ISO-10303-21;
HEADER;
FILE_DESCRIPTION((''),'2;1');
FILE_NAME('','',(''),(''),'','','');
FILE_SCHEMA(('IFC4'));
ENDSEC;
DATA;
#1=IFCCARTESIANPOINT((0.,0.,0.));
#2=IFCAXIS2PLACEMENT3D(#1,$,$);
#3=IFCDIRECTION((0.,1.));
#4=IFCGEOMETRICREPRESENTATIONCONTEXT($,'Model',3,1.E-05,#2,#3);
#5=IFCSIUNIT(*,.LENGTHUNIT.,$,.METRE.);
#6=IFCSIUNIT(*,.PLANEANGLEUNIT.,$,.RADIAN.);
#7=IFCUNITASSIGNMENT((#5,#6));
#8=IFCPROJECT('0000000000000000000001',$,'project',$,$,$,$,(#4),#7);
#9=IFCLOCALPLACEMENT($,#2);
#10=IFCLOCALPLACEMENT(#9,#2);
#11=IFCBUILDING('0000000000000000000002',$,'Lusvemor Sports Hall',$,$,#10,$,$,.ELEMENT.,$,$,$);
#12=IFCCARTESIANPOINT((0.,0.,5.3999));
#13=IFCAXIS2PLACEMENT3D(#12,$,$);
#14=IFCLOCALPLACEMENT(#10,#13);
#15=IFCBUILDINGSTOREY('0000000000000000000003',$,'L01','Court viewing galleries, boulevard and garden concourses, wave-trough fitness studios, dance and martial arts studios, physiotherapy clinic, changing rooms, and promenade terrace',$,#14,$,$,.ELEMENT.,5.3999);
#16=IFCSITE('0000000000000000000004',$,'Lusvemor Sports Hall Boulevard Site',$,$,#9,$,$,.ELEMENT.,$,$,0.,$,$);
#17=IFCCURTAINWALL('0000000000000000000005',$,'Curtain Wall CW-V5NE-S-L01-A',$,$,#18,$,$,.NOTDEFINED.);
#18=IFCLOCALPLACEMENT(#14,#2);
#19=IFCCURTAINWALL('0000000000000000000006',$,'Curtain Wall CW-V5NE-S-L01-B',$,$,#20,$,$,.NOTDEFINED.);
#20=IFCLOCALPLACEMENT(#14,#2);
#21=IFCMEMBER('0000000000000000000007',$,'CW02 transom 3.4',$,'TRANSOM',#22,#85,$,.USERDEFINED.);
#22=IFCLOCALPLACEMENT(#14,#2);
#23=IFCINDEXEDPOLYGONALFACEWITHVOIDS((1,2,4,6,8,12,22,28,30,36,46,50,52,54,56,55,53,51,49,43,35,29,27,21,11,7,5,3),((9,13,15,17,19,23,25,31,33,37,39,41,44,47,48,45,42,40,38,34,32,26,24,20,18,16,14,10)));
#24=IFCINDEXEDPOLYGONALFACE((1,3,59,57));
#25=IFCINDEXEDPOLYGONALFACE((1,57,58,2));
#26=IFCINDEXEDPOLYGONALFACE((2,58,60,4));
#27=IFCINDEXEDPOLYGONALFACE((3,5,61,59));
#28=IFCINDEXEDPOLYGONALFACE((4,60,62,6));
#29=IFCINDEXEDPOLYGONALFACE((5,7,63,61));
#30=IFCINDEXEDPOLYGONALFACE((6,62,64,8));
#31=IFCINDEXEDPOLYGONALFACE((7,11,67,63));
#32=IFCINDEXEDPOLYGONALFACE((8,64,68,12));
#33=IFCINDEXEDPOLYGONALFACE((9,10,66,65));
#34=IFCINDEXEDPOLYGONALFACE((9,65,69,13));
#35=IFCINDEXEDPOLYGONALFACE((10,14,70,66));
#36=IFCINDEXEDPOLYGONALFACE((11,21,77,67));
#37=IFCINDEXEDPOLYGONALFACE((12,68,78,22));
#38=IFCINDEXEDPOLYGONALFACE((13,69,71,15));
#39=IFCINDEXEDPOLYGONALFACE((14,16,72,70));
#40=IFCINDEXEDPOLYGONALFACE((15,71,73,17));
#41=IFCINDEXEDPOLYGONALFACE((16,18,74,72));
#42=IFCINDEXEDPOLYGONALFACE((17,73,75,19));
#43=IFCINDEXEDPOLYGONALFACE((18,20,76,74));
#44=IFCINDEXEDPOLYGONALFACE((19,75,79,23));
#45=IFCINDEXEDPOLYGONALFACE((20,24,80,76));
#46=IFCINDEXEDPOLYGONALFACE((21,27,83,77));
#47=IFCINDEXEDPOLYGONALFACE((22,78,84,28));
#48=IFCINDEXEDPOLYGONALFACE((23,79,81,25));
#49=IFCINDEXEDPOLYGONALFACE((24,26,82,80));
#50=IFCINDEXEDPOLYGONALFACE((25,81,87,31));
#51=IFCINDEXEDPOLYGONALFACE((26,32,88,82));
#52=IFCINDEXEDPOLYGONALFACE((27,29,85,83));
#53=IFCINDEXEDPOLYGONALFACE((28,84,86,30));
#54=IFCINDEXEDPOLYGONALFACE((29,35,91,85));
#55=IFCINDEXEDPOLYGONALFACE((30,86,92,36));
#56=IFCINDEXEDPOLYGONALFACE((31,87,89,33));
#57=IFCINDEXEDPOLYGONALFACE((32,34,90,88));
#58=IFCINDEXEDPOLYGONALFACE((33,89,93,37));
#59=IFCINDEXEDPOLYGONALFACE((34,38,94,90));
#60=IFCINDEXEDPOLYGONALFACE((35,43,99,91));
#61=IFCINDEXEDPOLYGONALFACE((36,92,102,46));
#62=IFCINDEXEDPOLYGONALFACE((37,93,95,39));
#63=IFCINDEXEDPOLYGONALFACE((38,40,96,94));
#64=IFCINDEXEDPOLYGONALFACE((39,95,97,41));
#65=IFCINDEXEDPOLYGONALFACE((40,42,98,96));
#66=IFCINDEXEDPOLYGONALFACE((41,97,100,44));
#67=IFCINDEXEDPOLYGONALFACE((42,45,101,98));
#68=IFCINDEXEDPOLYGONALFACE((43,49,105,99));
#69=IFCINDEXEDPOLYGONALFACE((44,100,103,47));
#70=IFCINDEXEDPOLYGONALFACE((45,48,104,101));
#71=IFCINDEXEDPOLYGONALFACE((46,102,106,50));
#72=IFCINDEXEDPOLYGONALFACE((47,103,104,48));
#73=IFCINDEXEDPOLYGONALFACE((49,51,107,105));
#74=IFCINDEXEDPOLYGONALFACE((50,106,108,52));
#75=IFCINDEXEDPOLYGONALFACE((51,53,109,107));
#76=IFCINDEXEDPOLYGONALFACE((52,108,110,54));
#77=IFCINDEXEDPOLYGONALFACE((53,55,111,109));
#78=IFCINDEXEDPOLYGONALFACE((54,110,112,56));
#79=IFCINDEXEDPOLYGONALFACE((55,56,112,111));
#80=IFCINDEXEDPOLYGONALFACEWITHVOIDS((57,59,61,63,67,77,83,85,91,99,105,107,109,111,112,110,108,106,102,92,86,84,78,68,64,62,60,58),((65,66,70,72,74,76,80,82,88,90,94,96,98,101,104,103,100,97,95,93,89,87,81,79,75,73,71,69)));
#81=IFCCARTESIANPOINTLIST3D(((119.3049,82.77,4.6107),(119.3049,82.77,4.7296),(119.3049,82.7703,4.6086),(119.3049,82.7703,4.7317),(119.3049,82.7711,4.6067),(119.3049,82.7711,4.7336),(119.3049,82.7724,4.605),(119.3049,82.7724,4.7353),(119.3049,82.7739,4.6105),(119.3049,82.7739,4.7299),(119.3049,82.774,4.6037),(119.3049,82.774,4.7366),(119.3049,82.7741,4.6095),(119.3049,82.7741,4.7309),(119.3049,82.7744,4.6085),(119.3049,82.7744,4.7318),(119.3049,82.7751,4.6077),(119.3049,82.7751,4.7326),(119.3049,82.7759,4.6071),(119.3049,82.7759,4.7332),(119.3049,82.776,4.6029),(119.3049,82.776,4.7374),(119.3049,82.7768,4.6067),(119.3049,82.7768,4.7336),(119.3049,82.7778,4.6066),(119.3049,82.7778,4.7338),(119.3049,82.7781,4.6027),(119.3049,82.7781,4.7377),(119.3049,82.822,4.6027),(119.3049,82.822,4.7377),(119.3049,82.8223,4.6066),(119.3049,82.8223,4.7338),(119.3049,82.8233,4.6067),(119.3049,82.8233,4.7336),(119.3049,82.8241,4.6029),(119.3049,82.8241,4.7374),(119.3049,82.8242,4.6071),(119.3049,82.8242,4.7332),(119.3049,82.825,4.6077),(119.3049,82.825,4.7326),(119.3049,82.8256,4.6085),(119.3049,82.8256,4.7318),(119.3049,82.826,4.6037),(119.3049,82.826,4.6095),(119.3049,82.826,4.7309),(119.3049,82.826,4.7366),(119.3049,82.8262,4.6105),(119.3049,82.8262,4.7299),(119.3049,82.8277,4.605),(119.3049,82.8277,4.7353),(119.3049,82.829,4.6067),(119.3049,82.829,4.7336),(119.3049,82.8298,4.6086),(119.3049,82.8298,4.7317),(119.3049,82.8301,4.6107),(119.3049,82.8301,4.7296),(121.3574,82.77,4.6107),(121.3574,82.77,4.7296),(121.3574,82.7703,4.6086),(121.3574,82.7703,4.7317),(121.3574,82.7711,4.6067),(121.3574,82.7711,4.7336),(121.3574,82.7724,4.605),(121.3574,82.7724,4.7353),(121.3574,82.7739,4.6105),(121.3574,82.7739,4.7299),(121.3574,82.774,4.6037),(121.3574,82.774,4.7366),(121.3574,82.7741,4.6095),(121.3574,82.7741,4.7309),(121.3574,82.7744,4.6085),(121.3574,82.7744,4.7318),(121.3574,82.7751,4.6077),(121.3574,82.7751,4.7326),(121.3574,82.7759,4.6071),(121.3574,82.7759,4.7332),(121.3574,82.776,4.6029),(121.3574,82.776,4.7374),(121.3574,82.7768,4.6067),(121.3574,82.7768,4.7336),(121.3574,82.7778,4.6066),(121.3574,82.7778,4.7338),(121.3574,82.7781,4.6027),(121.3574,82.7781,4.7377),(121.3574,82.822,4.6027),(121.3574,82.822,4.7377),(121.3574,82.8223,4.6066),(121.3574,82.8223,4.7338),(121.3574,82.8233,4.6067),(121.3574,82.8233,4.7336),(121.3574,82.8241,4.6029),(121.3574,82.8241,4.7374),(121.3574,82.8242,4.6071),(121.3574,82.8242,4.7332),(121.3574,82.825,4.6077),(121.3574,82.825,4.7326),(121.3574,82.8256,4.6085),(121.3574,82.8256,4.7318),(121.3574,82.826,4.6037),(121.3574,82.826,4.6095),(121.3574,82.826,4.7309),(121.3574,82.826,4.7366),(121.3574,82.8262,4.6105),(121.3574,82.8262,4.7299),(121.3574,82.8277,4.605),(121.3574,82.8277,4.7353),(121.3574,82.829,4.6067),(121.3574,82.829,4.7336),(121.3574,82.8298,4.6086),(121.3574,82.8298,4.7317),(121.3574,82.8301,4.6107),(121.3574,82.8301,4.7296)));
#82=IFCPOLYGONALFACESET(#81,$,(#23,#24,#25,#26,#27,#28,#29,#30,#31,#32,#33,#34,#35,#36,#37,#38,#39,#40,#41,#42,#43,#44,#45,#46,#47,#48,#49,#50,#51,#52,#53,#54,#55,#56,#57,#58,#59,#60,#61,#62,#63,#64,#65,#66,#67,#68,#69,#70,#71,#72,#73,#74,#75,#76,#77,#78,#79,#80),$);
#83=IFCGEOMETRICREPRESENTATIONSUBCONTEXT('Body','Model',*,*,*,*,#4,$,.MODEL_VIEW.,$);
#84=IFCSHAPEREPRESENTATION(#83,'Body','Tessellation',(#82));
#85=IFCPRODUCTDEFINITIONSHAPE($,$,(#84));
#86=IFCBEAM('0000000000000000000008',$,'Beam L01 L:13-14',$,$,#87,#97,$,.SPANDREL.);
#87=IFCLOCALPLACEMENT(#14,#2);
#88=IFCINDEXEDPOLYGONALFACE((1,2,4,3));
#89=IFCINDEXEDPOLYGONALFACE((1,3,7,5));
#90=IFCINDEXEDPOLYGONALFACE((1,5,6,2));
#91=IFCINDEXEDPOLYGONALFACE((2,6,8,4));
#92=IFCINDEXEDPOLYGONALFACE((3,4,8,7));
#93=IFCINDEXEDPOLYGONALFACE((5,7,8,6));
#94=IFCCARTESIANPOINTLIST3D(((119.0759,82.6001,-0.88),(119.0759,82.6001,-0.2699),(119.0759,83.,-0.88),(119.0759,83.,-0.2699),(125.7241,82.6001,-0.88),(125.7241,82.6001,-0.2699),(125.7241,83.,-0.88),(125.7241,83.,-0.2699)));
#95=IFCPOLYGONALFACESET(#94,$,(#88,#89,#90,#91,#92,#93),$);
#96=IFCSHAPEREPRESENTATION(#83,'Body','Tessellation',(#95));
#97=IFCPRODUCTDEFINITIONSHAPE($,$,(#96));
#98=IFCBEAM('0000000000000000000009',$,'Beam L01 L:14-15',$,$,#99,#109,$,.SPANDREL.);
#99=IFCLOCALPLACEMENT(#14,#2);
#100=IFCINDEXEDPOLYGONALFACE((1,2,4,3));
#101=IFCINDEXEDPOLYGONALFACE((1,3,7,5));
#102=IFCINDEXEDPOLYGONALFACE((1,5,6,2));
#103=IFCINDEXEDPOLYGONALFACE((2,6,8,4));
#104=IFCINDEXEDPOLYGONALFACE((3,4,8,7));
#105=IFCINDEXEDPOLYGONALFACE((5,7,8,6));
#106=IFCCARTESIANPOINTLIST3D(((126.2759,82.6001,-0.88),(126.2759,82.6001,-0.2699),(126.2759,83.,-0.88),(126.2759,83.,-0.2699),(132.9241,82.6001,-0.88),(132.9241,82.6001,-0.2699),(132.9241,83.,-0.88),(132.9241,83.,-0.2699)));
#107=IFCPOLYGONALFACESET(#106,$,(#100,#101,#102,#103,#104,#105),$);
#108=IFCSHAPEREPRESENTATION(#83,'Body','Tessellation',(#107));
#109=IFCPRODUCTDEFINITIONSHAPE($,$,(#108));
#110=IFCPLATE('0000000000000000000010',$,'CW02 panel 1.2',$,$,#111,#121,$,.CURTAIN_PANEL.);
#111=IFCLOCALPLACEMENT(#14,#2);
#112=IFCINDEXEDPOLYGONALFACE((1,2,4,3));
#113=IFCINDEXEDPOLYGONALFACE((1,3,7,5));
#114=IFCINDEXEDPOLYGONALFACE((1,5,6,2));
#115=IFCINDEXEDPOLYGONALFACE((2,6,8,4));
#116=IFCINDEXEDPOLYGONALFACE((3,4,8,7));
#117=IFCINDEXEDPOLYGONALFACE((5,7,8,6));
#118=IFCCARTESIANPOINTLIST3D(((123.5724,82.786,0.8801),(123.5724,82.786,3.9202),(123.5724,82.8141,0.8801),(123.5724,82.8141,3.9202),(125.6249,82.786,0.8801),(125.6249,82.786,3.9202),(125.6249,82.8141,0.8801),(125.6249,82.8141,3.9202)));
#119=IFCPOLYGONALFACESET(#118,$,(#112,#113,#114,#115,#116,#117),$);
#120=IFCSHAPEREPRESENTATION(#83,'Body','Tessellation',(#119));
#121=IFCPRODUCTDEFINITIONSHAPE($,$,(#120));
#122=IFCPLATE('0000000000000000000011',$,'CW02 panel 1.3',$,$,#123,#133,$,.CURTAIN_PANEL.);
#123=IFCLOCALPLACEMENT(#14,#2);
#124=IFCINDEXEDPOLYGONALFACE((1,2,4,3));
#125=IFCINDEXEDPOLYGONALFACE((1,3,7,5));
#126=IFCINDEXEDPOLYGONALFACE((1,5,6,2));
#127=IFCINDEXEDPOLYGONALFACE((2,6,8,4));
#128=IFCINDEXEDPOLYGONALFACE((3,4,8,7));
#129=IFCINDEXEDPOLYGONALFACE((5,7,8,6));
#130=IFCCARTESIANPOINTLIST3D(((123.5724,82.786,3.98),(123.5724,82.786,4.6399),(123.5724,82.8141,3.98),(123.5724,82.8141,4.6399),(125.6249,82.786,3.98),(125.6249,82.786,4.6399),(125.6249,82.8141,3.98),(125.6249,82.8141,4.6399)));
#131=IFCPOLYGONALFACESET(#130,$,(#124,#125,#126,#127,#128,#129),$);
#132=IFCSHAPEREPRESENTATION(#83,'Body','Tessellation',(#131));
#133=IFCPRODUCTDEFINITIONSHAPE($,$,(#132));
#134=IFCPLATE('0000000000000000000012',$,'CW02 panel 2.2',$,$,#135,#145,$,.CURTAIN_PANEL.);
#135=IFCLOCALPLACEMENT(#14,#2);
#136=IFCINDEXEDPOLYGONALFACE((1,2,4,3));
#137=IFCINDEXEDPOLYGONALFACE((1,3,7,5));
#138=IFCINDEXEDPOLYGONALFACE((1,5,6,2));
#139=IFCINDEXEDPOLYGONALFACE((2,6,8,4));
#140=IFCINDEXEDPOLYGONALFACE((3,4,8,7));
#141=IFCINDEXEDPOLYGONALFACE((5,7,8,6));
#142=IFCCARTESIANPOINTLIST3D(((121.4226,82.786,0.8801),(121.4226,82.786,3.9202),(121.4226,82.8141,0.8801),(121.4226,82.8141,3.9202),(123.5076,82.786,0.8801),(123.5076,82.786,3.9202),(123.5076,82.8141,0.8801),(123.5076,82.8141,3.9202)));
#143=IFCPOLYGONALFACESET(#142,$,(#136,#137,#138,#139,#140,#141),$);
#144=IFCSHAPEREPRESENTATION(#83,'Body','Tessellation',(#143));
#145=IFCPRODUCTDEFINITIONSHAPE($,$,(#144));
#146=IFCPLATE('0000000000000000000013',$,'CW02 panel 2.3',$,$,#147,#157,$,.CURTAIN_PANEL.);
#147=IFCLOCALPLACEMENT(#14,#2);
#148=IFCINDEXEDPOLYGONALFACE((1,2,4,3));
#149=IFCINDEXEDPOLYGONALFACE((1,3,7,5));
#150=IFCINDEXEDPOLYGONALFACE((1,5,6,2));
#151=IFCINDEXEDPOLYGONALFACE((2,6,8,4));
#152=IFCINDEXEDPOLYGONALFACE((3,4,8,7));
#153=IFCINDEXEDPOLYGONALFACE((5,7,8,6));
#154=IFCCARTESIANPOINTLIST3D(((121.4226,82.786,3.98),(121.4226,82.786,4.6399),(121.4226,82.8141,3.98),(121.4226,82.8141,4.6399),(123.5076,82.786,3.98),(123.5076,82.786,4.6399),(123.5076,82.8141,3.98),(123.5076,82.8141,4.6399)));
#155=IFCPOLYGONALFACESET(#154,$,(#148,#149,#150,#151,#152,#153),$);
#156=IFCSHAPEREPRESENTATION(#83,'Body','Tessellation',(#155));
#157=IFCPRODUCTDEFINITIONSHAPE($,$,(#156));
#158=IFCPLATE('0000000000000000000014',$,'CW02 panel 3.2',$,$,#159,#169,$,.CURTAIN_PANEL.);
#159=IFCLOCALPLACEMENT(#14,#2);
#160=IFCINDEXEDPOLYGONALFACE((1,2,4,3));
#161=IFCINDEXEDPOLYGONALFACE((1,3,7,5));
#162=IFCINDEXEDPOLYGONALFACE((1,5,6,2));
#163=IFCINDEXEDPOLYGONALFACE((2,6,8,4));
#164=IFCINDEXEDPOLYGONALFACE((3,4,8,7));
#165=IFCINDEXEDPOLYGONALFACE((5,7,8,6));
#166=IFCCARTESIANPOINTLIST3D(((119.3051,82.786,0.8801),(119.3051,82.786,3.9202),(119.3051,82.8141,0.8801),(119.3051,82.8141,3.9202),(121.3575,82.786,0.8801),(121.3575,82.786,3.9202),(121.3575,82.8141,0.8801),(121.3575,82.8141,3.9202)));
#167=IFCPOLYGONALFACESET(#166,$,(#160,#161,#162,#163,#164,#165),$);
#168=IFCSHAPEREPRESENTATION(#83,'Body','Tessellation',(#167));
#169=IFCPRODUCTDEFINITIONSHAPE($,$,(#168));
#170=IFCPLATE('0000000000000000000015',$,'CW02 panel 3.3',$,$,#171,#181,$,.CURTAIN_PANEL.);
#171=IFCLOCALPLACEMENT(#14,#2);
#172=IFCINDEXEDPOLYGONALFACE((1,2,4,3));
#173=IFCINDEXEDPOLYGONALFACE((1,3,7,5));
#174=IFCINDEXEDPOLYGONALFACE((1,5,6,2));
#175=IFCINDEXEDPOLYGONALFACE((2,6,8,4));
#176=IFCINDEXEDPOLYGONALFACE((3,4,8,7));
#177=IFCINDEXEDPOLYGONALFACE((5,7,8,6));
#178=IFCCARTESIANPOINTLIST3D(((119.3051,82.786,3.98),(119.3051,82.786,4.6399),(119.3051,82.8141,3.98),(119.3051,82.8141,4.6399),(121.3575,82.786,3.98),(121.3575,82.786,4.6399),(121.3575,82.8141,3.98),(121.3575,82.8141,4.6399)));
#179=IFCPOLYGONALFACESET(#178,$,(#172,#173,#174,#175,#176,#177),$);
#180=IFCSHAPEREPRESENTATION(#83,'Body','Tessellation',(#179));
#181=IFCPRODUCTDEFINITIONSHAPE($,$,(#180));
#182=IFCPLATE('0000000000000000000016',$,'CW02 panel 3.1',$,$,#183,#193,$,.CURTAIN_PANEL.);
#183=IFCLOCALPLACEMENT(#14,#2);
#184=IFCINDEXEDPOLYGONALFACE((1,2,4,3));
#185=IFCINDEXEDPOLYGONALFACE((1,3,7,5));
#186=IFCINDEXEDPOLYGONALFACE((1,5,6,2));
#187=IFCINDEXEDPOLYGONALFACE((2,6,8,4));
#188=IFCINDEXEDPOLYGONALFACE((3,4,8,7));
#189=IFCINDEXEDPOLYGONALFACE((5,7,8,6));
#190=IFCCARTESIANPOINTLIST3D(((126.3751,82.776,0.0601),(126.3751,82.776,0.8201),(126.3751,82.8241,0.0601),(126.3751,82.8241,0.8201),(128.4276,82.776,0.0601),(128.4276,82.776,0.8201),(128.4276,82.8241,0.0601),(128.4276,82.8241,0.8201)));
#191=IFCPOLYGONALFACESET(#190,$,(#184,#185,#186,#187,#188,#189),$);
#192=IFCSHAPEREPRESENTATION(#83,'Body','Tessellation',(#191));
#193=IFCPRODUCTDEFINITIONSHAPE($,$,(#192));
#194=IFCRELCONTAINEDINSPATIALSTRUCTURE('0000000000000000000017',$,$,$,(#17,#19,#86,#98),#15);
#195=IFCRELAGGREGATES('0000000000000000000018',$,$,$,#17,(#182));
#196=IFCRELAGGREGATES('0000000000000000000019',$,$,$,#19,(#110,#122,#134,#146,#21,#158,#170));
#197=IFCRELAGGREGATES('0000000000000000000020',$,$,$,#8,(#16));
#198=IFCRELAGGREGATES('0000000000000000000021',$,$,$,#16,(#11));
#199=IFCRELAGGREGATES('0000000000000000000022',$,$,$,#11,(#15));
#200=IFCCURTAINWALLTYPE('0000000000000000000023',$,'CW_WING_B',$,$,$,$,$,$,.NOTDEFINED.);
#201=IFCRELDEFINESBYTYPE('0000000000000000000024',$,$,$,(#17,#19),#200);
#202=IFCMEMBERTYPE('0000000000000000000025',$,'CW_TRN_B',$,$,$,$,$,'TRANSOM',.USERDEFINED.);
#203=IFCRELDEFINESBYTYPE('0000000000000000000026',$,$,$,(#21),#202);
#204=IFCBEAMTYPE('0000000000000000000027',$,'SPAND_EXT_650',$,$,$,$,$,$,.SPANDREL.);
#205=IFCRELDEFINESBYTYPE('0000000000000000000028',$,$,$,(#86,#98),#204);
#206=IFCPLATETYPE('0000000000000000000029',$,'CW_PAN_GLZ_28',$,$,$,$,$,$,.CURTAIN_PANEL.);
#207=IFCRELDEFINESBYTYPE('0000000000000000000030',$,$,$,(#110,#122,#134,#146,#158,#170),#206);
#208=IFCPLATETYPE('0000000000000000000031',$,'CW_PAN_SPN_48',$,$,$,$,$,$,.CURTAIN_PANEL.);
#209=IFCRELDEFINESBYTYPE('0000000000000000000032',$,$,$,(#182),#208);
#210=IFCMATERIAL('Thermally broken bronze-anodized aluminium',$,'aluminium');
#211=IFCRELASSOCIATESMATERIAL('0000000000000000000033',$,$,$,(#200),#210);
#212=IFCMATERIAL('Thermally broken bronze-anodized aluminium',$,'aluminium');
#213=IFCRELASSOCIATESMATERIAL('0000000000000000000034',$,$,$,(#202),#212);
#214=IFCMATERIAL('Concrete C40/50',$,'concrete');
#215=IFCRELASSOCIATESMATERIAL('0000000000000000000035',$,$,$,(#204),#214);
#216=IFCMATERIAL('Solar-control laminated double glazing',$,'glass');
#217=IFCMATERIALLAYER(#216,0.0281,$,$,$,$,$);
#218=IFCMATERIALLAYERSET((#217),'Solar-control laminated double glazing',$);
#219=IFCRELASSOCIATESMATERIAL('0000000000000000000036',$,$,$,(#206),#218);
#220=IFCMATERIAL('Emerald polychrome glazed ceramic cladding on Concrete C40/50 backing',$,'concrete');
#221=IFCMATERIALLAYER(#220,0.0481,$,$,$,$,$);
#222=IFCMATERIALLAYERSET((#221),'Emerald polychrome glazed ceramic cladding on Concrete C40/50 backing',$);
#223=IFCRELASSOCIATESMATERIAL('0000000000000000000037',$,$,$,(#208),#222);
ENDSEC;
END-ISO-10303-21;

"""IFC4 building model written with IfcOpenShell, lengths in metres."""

from ifc_helpers import new_model, si_unit, direction, frame, origin, origin_2d, place, context, subcontext, project, spatial, rectangle, hollow_rectangle, extrude, material, layer, layer_set, material_profile, profile_set, type_object, element, aggregate, save


model = new_model("IFC4")

# Units and contexts
model_context = context("Model", 3, precision=1e-05, world=origin(), true_north=direction((0.0, 1.0)))
body_context = subcontext(model_context, "Body", "Model", "MODEL_VIEW")
ifc_project = project(units=[si_unit("LENGTHUNIT", "METRE"), si_unit("PLANEANGLEUNIT", "RADIAN")], contexts=[model_context])

# Site, building, storey
site_placement = place(None, origin())
site = spatial("IfcSite", under=ifc_project, at=site_placement, Name="Lusvemor Sports Hall Boulevard Site", CompositionType="ELEMENT", RefElevation=0.0)
building_placement = place(site_placement, origin())
building = spatial("IfcBuilding", under=site, at=building_placement, Name="Lusvemor Sports Hall", CompositionType="ELEMENT")
storey_placement = place(building_placement, frame((0.0, 0.0, 5.3999)))
storey = spatial("IfcBuildingStorey", under=building, at=storey_placement, Name="L01", Description="Court viewing galleries, boulevard and garden concourses, wave-trough fitness studios, dance and martial arts studios, physiotherapy clinic, changing rooms, and promenade terrace", CompositionType="ELEMENT", Elevation=5.3999)

# Curtain wall
ifc_material_1 = material(Name="Thermally broken bronze-anodized aluminium", Category="aluminium")
curtain_wall_type = type_object("IfcCurtainWallType", Name="CW_WING_B", PredefinedType="NOTDEFINED", material=ifc_material_1)
curtain_wall_1_placement = place(storey_placement, origin())
curtain_wall_1 = element("IfcCurtainWall", 1, at=curtain_wall_1_placement, inside=storey, type_object=curtain_wall_type, Name="Curtain Wall CW-V5NE-S-L01-A", PredefinedType="NOTDEFINED")

# Curtain wall, member
curtain_wall_2_placement = place(storey_placement, origin())
curtain_wall_2 = element("IfcCurtainWall", 2, at=curtain_wall_2_placement, inside=storey, type_object=curtain_wall_type, Name="Curtain Wall CW-V5NE-S-L01-B", PredefinedType="NOTDEFINED")
ifc_material_2 = material(Name="Thermally broken bronze-anodized aluminium", Category="aluminium")
ifc_material_profile_1 = material_profile(ifc_material_2, hollow_rectangle(XDim=0.0601, YDim=0.135, WallThickness=0.0039, InnerFilletRadius=0.0039, OuterFilletRadius=0.0081, at=origin_2d()), Name="CWTRN135x60x4")
ifc_profile_set_1 = profile_set([ifc_material_profile_1], Name="Thermally broken bronze-anodized aluminium")
member_type_1 = type_object("IfcMemberType", Name="CW_TRN_B", ElementType="TRANSOM", PredefinedType="USERDEFINED", material=ifc_profile_set_1)
member_1_placement = place(storey_placement, frame((121.3574, 82.8, 4.6702), z_axis=(-1.0, 0.0, 0.0), x_axis=(0.0, -1.0, 0.0)))
member_1 = element("IfcMember", 3, at=member_1_placement, type_object=member_type_1, Name="CW02 transom 3.4", ObjectType="TRANSOM", PredefinedType="USERDEFINED", context=body_context, shape_type="SweptSolid", body=[
    extrude(hollow_rectangle(XDim=0.0601, YDim=0.135, WallThickness=0.0039, InnerFilletRadius=0.0039, OuterFilletRadius=0.0081, at=origin_2d()), origin(), (0.0, 0.0, 1.0), 2.0525),
])

# Beams
ifc_material_3 = material(Name="Concrete C40/50", Category="concrete")
ifc_material_profile_2 = material_profile(ifc_material_3, rectangle(XDim=0.3999, YDim=0.6101, at=origin_2d()), Name="RC400x610")
ifc_profile_set_2 = profile_set([ifc_material_profile_2], Name="Concrete C40/50")
beam_type = type_object("IfcBeamType", Name="SPAND_EXT_650", PredefinedType="SPANDREL", material=ifc_profile_set_2)
for number, where, z_axis, x_axis, name in (
    (4, (119.0759, 82.8, -0.575), (1.0, 0.0, 0.0), (0.0, 1.0, 0.0), "Beam L01 L:13-14"),
    (5, (126.2759, 82.8, -0.575), (1.0, 0.0, 0.0), (0.0, 1.0, 0.0), "Beam L01 L:14-15"),
):
    element("IfcBeam", number, at=place(storey_placement, frame(where, z_axis=z_axis, x_axis=x_axis)), inside=storey, type_object=beam_type, Name=name, PredefinedType="SPANDREL", context=body_context, shape_type="SweptSolid", body=[
        extrude(rectangle(XDim=0.3999, YDim=0.6101, at=origin_2d()), origin(), (0.0, 0.0, 1.0), 6.6482),
    ])

# Plates
ifc_material_4 = material(Name="Solar-control laminated double glazing", Category="glass")
ifc_layer_1 = layer(ifc_material_4, 0.0281)
ifc_layer_set_1 = layer_set([ifc_layer_1], Name="Solar-control laminated double glazing")
plate_type_1 = type_object("IfcPlateType", Name="CW_PAN_GLZ_28", PredefinedType="CURTAIN_PANEL", material=ifc_layer_set_1)
plate_1_placement = place(storey_placement, frame((124.5986, 82.8, 0.8801), z_axis=(0.0, 0.0, 1.0), x_axis=(-1.0, 0.0, 0.0)))
plate_1 = element("IfcPlate", 6, at=plate_1_placement, type_object=plate_type_1, Name="CW02 panel 1.2", PredefinedType="CURTAIN_PANEL", context=body_context, shape_type="SweptSolid", body=[
    extrude(rectangle(XDim=2.0525, YDim=0.0281, at=origin_2d()), origin(), (0.0, 0.0, 1.0), 3.04),
])
plate_2_placement = place(storey_placement, frame((124.5986, 82.8, 3.98), z_axis=(0.0, 0.0, 1.0), x_axis=(-1.0, 0.0, 0.0)))
plate_2 = element("IfcPlate", 7, at=plate_2_placement, type_object=plate_type_1, Name="CW02 panel 1.3", PredefinedType="CURTAIN_PANEL", context=body_context, shape_type="SweptSolid", body=[
    extrude(rectangle(XDim=2.0525, YDim=0.0281, at=origin_2d()), origin(), (0.0, 0.0, 1.0), 0.6599),
])
plate_3_placement = place(storey_placement, frame((122.4651, 82.8, 0.8801), z_axis=(0.0, 0.0, 1.0), x_axis=(-1.0, 0.0, 0.0)))
plate_3 = element("IfcPlate", 8, at=plate_3_placement, type_object=plate_type_1, Name="CW02 panel 2.2", PredefinedType="CURTAIN_PANEL", context=body_context, shape_type="SweptSolid", body=[
    extrude(rectangle(XDim=2.085, YDim=0.0281, at=origin_2d()), origin(), (0.0, 0.0, 1.0), 3.04),
])
plate_4_placement = place(storey_placement, frame((122.4651, 82.8, 3.98), z_axis=(0.0, 0.0, 1.0), x_axis=(-1.0, 0.0, 0.0)))
plate_4 = element("IfcPlate", 9, at=plate_4_placement, type_object=plate_type_1, Name="CW02 panel 2.3", PredefinedType="CURTAIN_PANEL", context=body_context, shape_type="SweptSolid", body=[
    extrude(rectangle(XDim=2.085, YDim=0.0281, at=origin_2d()), origin(), (0.0, 0.0, 1.0), 0.6599),
])
plate_5_placement = place(storey_placement, frame((120.3313, 82.8, 0.8801), z_axis=(0.0, 0.0, 1.0), x_axis=(-1.0, 0.0, 0.0)))
plate_5 = element("IfcPlate", 10, at=plate_5_placement, type_object=plate_type_1, Name="CW02 panel 3.2", PredefinedType="CURTAIN_PANEL", context=body_context, shape_type="SweptSolid", body=[
    extrude(rectangle(XDim=2.0525, YDim=0.0281, at=origin_2d()), origin(), (0.0, 0.0, 1.0), 3.04),
])
plate_6_placement = place(storey_placement, frame((120.3313, 82.8, 3.98), z_axis=(0.0, 0.0, 1.0), x_axis=(-1.0, 0.0, 0.0)))
plate_6 = element("IfcPlate", 11, at=plate_6_placement, type_object=plate_type_1, Name="CW02 panel 3.3", PredefinedType="CURTAIN_PANEL", context=body_context, shape_type="SweptSolid", body=[
    extrude(rectangle(XDim=2.0525, YDim=0.0281, at=origin_2d()), origin(), (0.0, 0.0, 1.0), 0.6599),
])
ifc_material_5 = material(Name="Emerald polychrome glazed ceramic cladding on Concrete C40/50 backing", Category="concrete")
ifc_layer_2 = layer(ifc_material_5, 0.0481)
ifc_layer_set_2 = layer_set([ifc_layer_2], Name="Emerald polychrome glazed ceramic cladding on Concrete C40/50 backing")
plate_type_2 = type_object("IfcPlateType", Name="CW_PAN_SPN_48", PredefinedType="CURTAIN_PANEL", material=ifc_layer_set_2)
plate_7_placement = place(storey_placement, frame((127.4014, 82.8, 0.0601), z_axis=(0.0, 0.0, 1.0), x_axis=(-1.0, 0.0, 0.0)))
plate_7 = element("IfcPlate", 12, at=plate_7_placement, type_object=plate_type_2, Name="CW02 panel 3.1", PredefinedType="CURTAIN_PANEL", context=body_context, shape_type="SweptSolid", body=[
    extrude(rectangle(XDim=2.0525, YDim=0.0481, at=origin_2d()), origin(), (0.0, 0.0, 1.0), 0.76),
])
aggregate(curtain_wall_1, [plate_7])
aggregate(curtain_wall_2, [plate_1, plate_2, plate_3, plate_4, member_1, plate_5, plate_6])

save(model, "model.ifc")
